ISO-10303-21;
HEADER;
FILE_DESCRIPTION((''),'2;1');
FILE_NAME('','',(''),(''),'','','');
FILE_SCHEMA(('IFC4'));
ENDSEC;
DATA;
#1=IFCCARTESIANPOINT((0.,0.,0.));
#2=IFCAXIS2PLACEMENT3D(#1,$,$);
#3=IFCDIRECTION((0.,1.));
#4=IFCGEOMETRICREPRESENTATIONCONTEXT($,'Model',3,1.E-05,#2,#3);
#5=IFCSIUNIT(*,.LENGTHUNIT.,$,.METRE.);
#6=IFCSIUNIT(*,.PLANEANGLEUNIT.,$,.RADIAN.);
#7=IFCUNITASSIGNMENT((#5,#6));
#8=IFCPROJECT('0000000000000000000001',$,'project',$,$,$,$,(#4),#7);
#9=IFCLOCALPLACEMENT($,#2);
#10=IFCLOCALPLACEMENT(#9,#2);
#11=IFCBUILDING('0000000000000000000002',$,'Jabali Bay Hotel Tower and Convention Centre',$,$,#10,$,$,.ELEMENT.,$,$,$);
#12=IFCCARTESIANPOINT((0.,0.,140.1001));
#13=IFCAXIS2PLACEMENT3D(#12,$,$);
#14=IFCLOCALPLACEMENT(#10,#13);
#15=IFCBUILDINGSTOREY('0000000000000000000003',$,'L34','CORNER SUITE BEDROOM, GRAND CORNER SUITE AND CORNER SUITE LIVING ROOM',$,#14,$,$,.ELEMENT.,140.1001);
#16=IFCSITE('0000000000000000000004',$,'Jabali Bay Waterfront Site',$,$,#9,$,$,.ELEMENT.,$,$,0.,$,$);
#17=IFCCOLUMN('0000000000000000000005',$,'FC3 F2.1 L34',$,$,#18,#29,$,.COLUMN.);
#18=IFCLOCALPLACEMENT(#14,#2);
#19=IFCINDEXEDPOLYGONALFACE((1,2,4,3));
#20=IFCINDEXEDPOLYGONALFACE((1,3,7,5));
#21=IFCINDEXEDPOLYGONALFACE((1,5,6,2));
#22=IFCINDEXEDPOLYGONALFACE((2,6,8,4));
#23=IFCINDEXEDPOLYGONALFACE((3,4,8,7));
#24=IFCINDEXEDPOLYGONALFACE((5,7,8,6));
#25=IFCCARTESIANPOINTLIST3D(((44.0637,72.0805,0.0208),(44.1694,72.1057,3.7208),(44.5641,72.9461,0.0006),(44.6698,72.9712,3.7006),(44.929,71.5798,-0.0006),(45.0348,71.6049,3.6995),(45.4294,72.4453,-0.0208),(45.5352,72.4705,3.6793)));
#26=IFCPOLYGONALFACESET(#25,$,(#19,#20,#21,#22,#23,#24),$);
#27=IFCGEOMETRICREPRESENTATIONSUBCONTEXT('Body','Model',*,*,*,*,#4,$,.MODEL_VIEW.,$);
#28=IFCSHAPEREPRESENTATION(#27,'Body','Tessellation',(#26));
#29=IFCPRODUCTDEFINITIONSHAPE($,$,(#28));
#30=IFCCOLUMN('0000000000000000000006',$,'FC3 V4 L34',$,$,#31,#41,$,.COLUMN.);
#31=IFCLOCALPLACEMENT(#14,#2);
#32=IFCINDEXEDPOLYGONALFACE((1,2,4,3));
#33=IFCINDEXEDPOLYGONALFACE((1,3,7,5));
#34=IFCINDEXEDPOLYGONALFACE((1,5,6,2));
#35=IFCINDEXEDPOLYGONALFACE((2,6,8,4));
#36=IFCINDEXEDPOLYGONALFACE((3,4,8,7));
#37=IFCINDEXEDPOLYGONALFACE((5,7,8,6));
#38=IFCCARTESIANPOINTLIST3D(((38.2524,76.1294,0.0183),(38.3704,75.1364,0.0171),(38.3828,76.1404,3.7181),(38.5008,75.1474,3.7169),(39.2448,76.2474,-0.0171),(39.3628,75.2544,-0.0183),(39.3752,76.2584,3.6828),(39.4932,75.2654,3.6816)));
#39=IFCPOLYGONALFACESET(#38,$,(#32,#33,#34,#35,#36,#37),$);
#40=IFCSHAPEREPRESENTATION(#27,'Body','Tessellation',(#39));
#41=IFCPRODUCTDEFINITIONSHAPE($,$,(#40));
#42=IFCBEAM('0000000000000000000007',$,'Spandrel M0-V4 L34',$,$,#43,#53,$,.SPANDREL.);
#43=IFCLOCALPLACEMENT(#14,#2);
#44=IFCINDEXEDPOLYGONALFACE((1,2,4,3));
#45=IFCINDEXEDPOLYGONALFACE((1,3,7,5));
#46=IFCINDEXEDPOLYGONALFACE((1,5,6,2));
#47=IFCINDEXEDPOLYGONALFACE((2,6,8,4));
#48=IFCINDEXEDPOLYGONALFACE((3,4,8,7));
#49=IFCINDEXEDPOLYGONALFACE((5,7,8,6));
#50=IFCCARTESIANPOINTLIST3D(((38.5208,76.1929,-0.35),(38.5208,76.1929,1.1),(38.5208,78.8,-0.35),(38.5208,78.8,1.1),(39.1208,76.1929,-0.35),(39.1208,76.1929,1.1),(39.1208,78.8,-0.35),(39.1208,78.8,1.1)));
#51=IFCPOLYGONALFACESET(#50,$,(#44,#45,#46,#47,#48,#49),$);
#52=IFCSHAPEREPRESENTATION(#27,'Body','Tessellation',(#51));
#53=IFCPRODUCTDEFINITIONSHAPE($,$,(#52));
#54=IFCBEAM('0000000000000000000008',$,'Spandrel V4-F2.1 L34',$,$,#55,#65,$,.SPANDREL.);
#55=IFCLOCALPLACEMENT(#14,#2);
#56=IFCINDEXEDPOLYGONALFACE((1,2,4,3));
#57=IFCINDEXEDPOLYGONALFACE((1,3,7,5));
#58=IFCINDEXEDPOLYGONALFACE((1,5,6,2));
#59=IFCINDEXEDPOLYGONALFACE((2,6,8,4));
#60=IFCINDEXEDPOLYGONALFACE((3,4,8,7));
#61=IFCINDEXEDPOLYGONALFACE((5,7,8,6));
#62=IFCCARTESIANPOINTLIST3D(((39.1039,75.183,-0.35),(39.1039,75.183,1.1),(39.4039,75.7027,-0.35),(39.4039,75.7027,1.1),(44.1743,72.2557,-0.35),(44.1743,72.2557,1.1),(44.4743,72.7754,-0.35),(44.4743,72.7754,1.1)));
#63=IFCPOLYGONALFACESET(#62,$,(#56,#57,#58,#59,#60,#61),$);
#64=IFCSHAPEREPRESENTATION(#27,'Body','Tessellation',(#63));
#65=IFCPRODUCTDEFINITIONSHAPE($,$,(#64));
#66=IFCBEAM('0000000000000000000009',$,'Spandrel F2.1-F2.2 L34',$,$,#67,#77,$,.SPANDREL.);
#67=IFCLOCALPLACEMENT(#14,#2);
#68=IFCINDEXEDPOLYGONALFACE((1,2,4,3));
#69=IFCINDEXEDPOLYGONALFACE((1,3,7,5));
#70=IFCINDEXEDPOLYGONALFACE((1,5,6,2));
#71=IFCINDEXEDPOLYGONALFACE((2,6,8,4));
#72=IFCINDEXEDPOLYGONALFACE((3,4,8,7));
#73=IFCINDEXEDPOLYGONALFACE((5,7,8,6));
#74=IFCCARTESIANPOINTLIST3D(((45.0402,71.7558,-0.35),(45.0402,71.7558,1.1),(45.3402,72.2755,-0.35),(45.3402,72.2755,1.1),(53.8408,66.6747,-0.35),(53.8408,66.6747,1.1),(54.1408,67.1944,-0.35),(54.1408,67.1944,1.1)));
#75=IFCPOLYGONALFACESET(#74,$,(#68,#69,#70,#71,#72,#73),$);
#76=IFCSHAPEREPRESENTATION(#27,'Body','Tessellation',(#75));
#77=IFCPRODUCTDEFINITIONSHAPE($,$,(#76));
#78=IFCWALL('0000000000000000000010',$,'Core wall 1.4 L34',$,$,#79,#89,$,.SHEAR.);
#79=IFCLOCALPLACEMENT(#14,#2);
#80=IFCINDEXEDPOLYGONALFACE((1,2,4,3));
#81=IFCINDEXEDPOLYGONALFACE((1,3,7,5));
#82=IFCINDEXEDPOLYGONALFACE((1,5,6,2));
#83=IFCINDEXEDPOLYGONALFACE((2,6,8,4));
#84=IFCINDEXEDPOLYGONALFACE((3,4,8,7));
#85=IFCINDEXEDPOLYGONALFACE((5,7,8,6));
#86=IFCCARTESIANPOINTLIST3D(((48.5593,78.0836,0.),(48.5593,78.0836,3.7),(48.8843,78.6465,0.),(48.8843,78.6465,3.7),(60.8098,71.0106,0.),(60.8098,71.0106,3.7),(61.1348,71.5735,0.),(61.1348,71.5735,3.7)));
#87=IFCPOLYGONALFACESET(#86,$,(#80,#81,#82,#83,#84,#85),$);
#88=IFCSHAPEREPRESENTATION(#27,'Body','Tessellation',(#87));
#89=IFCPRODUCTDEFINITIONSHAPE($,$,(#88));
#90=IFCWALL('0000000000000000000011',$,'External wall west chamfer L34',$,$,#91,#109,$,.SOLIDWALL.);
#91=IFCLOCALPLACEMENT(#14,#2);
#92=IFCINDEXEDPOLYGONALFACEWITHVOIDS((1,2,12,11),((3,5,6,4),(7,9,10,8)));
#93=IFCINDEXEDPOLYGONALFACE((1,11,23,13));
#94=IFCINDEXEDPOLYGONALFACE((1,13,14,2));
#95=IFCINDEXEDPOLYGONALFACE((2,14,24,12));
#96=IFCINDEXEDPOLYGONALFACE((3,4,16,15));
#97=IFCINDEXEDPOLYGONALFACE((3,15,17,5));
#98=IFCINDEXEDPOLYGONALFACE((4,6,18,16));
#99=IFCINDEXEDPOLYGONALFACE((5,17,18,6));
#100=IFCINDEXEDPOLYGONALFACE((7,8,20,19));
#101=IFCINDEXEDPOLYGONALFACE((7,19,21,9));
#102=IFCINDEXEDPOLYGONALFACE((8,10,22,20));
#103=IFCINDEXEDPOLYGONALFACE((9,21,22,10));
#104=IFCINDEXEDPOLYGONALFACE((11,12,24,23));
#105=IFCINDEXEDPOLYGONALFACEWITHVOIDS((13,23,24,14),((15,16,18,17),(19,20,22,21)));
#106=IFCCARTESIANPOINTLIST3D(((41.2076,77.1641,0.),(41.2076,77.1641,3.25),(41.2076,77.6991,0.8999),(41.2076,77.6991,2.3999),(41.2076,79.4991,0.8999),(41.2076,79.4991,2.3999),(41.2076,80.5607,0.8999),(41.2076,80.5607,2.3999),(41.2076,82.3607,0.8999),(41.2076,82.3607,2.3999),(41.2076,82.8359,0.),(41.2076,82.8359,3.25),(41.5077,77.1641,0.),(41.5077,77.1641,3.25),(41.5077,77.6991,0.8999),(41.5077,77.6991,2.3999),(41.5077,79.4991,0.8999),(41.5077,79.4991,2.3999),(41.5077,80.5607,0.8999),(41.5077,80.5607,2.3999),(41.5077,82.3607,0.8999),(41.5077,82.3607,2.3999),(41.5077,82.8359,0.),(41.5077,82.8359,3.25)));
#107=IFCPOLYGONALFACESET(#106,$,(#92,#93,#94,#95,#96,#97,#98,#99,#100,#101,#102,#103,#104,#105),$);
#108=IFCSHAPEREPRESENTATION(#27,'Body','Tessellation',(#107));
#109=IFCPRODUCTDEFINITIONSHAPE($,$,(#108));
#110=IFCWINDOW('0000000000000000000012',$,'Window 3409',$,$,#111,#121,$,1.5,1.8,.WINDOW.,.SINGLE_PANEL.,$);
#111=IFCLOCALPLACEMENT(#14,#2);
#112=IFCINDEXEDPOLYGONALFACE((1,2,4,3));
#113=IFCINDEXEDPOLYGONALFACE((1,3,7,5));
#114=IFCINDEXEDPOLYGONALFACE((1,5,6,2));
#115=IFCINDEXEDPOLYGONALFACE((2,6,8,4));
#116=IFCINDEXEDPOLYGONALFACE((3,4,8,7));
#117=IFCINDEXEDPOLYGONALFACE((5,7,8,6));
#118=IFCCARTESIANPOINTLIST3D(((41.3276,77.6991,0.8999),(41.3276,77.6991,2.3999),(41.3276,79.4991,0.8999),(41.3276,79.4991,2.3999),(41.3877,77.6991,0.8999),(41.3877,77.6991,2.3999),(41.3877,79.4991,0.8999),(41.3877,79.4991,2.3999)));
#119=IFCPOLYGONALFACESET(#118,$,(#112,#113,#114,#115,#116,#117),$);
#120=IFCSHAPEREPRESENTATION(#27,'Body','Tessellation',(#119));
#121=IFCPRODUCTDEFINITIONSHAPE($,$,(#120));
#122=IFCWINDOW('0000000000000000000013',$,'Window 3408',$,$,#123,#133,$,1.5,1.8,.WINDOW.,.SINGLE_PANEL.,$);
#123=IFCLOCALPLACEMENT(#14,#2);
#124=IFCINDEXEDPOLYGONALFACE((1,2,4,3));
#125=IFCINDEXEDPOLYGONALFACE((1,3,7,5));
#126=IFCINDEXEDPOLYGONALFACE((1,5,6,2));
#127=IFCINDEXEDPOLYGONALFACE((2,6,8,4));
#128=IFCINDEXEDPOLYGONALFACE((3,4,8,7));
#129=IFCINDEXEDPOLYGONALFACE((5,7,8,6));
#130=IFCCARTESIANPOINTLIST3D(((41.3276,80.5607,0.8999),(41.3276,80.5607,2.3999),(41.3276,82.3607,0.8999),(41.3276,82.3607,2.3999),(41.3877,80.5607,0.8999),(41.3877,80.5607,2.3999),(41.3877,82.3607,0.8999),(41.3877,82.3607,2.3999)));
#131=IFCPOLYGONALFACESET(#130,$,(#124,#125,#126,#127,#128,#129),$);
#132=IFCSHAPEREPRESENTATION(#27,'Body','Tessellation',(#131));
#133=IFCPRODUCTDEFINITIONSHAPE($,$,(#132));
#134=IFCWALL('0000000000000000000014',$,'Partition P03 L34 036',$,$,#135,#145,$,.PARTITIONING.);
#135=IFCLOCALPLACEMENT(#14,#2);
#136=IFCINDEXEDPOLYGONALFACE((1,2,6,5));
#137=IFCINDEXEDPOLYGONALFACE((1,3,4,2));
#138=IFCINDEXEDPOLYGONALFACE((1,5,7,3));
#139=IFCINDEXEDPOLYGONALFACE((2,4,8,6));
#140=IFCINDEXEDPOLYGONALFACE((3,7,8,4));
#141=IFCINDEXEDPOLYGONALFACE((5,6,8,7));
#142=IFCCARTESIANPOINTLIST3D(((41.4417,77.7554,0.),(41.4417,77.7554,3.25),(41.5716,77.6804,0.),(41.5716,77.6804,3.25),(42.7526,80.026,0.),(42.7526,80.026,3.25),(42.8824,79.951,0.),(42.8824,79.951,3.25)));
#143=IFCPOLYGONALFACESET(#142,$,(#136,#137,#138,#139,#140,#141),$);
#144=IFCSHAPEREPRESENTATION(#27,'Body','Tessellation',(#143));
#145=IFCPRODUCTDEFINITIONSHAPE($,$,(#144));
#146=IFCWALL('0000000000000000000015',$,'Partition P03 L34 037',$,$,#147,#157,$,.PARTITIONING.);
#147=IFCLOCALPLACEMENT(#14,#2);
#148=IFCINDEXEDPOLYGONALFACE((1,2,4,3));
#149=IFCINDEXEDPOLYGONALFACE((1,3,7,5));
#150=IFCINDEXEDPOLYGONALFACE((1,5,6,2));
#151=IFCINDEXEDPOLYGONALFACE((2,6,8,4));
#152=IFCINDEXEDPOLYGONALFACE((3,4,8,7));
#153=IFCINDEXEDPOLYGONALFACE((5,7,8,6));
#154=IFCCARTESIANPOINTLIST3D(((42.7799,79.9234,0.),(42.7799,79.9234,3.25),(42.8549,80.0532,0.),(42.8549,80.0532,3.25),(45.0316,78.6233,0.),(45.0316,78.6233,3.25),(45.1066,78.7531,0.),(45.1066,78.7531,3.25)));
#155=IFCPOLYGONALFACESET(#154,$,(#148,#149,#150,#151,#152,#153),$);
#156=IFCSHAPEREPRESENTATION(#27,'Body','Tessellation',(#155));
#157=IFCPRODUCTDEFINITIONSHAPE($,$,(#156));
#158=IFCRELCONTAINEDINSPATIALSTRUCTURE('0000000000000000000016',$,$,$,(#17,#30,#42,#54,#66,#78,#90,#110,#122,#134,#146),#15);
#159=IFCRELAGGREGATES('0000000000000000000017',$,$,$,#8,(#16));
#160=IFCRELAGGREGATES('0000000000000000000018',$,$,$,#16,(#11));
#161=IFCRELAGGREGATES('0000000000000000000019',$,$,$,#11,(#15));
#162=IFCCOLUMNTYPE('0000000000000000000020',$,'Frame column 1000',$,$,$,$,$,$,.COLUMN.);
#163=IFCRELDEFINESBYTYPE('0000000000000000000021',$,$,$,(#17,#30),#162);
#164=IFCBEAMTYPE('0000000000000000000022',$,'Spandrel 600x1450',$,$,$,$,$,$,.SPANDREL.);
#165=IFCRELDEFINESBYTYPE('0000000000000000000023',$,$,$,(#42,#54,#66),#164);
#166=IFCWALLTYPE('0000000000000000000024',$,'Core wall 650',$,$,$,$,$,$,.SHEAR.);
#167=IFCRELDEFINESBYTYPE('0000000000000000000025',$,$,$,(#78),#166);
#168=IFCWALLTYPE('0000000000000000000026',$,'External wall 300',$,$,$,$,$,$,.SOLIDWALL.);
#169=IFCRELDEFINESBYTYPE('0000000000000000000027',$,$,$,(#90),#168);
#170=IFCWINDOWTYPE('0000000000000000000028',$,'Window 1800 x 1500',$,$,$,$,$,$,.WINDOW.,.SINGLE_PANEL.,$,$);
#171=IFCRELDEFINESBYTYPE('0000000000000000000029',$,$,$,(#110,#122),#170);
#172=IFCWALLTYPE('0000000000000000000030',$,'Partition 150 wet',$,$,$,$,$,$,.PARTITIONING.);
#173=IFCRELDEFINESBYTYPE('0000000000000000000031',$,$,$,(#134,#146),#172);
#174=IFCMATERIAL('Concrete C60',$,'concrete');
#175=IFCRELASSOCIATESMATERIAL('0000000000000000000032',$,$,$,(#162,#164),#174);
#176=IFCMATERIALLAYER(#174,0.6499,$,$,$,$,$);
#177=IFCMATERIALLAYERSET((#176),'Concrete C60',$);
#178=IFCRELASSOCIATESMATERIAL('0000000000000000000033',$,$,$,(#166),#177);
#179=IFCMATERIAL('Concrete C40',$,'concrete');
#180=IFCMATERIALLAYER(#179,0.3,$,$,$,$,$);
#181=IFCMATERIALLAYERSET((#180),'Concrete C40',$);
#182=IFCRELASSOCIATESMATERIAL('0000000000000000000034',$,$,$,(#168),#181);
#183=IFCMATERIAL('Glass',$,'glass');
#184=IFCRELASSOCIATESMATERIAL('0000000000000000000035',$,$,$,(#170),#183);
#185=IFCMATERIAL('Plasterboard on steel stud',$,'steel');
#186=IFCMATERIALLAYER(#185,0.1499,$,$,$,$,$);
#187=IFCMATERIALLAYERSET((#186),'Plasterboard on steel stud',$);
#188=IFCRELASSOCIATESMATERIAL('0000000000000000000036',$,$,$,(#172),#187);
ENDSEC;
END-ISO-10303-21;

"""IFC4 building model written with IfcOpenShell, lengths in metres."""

from ifc_helpers import new_model, si_unit, direction, frame, frame_2d, origin, origin_2d, place, context, subcontext, project, spatial, rectangle, extrude, material, layer, layer_set, material_profile, profile_set, type_object, element, fill, save


model = new_model("IFC4")

# Units and contexts
model_context = context("Model", 3, precision=1e-05, world=origin(), true_north=direction((0.0, 1.0)))
body_context = subcontext(model_context, "Body", "Model", "MODEL_VIEW")
ifc_project = project(units=[si_unit("LENGTHUNIT", "METRE"), si_unit("PLANEANGLEUNIT", "RADIAN")], contexts=[model_context])

# Site, building, storey
site_placement = place(None, origin())
site = spatial("IfcSite", under=ifc_project, at=site_placement, Name="Jabali Bay Waterfront Site", CompositionType="ELEMENT", RefElevation=0.0)
building_placement = place(site_placement, origin())
building = spatial("IfcBuilding", under=site, at=building_placement, Name="Jabali Bay Hotel Tower and Convention Centre", CompositionType="ELEMENT")
storey_placement = place(building_placement, frame((0.0, 0.0, 140.1001)))
storey = spatial("IfcBuildingStorey", under=building, at=storey_placement, Name="L34", Description="CORNER SUITE BEDROOM, GRAND CORNER SUITE AND CORNER SUITE LIVING ROOM", CompositionType="ELEMENT", Elevation=140.1001)

# Columns
ifc_material_1 = material(Name="Concrete C60", Category="concrete")
ifc_material_profile_1 = material_profile(ifc_material_1, rectangle(XDim=1.0, YDim=1.0, at=origin_2d()), Name="Frame column 1000")
ifc_profile_set_1 = profile_set([ifc_material_profile_1], Name="Concrete C60")
column_type = type_object("IfcColumnType", Name="Frame column 1000", PredefinedType="COLUMN", material=ifc_profile_set_1)
column_1_placement = place(storey_placement, frame((44.7466, 72.2629, 0.0), z_axis=(0.028559, 0.006794, 0.999569), x_axis=(-0.865319, 0.500768, 0.02132)))
element("IfcColumn", 1, at=column_1_placement, inside=storey, type_object=column_type, Name="FC3 F2.1 L34", PredefinedType="COLUMN", context=body_context, shape_type="SweptSolid", body=[
    extrude(rectangle(XDim=1.0, YDim=1.0, at=origin_2d()), origin(), (0.0, 0.0, 1.0), 3.7017),
])
column_2_placement = place(storey_placement, frame((38.8076, 75.6919, 0.0), z_axis=(0.035214, 0.002967, 0.999375), x_axis=(-0.118025, 0.99301, 0.00121)))
element("IfcColumn", 2, at=column_2_placement, inside=storey, type_object=column_type, Name="FC3 V4 L34", PredefinedType="COLUMN", context=body_context, shape_type="SweptSolid", body=[
    extrude(rectangle(XDim=1.0, YDim=1.0, at=origin_2d()), origin(), (0.0, 0.0, 1.0), 3.7021),
])

# Beams
ifc_material_profile_2 = material_profile(ifc_material_1, rectangle(XDim=0.6001, YDim=1.45, at=origin_2d()), Name="Spandrel 600x1450")
ifc_profile_set_2 = profile_set([ifc_material_profile_2], Name="Concrete C60")
beam_type = type_object("IfcBeamType", Name="Spandrel 600x1450", PredefinedType="SPANDREL", material=ifc_profile_set_2)
beam_1_placement = place(storey_placement, frame((38.8208, 78.8, 0.375), z_axis=(0.0, -1.0, 0.0), x_axis=(1.0, 0.0, 0.0)))
element("IfcBeam", 3, at=beam_1_placement, inside=storey, type_object=beam_type, Name="Spandrel M0-V4 L34", PredefinedType="SPANDREL", context=body_context, shape_type="SweptSolid", body=[
    extrude(rectangle(XDim=0.6001, YDim=1.45, at=origin_2d()), origin(), (0.0, 0.0, 1.0), 2.6072),
])
beam_2_placement = place(storey_placement, frame((39.2539, 75.4429, 0.375), z_axis=(0.866033, -0.499987, 0.0), x_axis=(0.499987, 0.866033, 0.0)))
element("IfcBeam", 4, at=beam_2_placement, inside=storey, type_object=beam_type, Name="Spandrel V4-F2.1 L34", PredefinedType="SPANDREL", context=body_context, shape_type="SweptSolid", body=[
    extrude(rectangle(XDim=0.6001, YDim=1.45, at=origin_2d()), origin(), (0.0, 0.0, 1.0), 5.8547),
])
beam_3_placement = place(storey_placement, frame((45.1902, 72.0156, 0.375), z_axis=(0.866023, -0.500005, 0.0), x_axis=(0.500005, 0.866023, 0.0)))
element("IfcBeam", 5, at=beam_3_placement, inside=storey, type_object=beam_type, Name="Spandrel F2.1-F2.2 L34", PredefinedType="SPANDREL", context=body_context, shape_type="SweptSolid", body=[
    extrude(rectangle(XDim=0.6001, YDim=1.45, at=origin_2d()), origin(), (0.0, 0.0, 1.0), 10.1621),
])

# Wall
ifc_layer_1 = layer(ifc_material_1, 0.6499)
ifc_layer_set_1 = layer_set([ifc_layer_1], Name="Concrete C60")
wall_type_1 = type_object("IfcWallType", Name="Core wall 650", PredefinedType="SHEAR", material=ifc_layer_set_1)
wall_1_placement = place(storey_placement, frame((48.7219, 78.365, 0.0), z_axis=(0.0, 0.0, 1.0), x_axis=(0.86602, -0.500009, 0.0)))
element("IfcWall", 6, at=wall_1_placement, inside=storey, type_object=wall_type_1, Name="Core wall 1.4 L34", PredefinedType="SHEAR", context=body_context, shape_type="SweptSolid", body=[
    extrude(rectangle(XDim=14.1458, YDim=0.6499, at=frame_2d((7.0728, 0.0))), origin(), (0.0, 0.0, 1.0), 3.7),
])

# Wall, openings, windows
ifc_material_2 = material(Name="Concrete C40", Category="concrete")
ifc_layer_2 = layer(ifc_material_2, 0.3)
ifc_layer_set_2 = layer_set([ifc_layer_2], Name="Concrete C40")
wall_type_2 = type_object("IfcWallType", Name="External wall 300", PredefinedType="SOLIDWALL", material=ifc_layer_set_2)
wall_2_placement = place(storey_placement, frame((41.3577, 77.1641, 0.0), z_axis=(0.0, 0.0, 1.0), x_axis=(0.0, 1.0, 0.0)))
wall_2 = element("IfcWall", 7, at=wall_2_placement, inside=storey, type_object=wall_type_2, Name="External wall west chamfer L34", PredefinedType="SOLIDWALL", context=body_context, shape_type="SweptSolid", body=[
    extrude(rectangle(XDim=5.6719, YDim=0.3, at=frame_2d((2.8359, 0.0))), origin(), (0.0, 0.0, 1.0), 3.25),
])
opening_1_placement = place(wall_2_placement, frame((0.5352, 0.0, 0.8999)))
opening_1 = element("IfcOpeningElement", 8, at=opening_1_placement, cuts=wall_2, PredefinedType="OPENING", context=body_context, shape_type="SweptSolid", body=[
    extrude(rectangle(XDim=1.8, YDim=1.5, at=frame_2d((0.8999, 0.75))), frame((0.0, 0.1606, 0.0), z_axis=(0.0, -1.0, 0.0), x_axis=(1.0, 0.0, 0.0)), (0.0, 0.0, 1.0), 0.321),
])
opening_2_placement = place(wall_2_placement, frame((3.3967, 0.0, 0.8999)))
opening_2 = element("IfcOpeningElement", 9, at=opening_2_placement, cuts=wall_2, PredefinedType="OPENING", context=body_context, shape_type="SweptSolid", body=[
    extrude(rectangle(XDim=1.8, YDim=1.5, at=frame_2d((0.8999, 0.75))), frame((0.0, 0.1606, 0.0), z_axis=(0.0, -1.0, 0.0), x_axis=(1.0, 0.0, 0.0)), (0.0, 0.0, 1.0), 0.321),
])
ifc_material_3 = material(Name="Glass", Category="glass")
window_type = type_object("IfcWindowType", Name="Window 1800 x 1500", PartitioningType="SINGLE_PANEL", PredefinedType="WINDOW", material=ifc_material_3)
window_1_placement = place(opening_1_placement, origin())
window_1 = element("IfcWindow", 10, at=window_1_placement, inside=storey, type_object=window_type, Name="Window 3409", OverallHeight=1.5, OverallWidth=1.8, PartitioningType="SINGLE_PANEL", PredefinedType="WINDOW", context=body_context, shape_type="SweptSolid", body=[
    extrude(rectangle(XDim=1.8, YDim=1.5, at=frame_2d((0.8999, 0.75))), frame((0.0, 0.03, 0.0), z_axis=(0.0, -1.0, 0.0), x_axis=(1.0, 0.0, 0.0)), (0.0, 0.0, 1.0), 0.0601),
])
fill(opening_1, window_1)
window_2_placement = place(opening_2_placement, origin())
window_2 = element("IfcWindow", 11, at=window_2_placement, inside=storey, type_object=window_type, Name="Window 3408", OverallHeight=1.5, OverallWidth=1.8, PartitioningType="SINGLE_PANEL", PredefinedType="WINDOW", context=body_context, shape_type="SweptSolid", body=[
    extrude(rectangle(XDim=1.8, YDim=1.5, at=frame_2d((0.8999, 0.75))), frame((0.0, 0.03, 0.0), z_axis=(0.0, -1.0, 0.0), x_axis=(1.0, 0.0, 0.0)), (0.0, 0.0, 1.0), 0.0601),
])
fill(opening_2, window_2)

# Walls
ifc_material_4 = material(Name="Plasterboard on steel stud", Category="steel")
ifc_layer_3 = layer(ifc_material_4, 0.1499)
ifc_layer_set_3 = layer_set([ifc_layer_3], Name="Plasterboard on steel stud")
wall_type_3 = type_object("IfcWallType", Name="Partition 150 wet", PredefinedType="PARTITIONING", material=ifc_layer_set_3)
wall_3_placement = place(storey_placement, frame((41.5066, 77.7178, 0.0), z_axis=(0.0, 0.0, 1.0), x_axis=(0.499975, 0.86604, 0.0)))
element("IfcWall", 12, at=wall_3_placement, inside=storey, type_object=wall_type_3, Name="Partition P03 L34 036", PredefinedType="PARTITIONING", context=body_context, shape_type="SweptSolid", body=[
    extrude(rectangle(XDim=2.6218, YDim=0.1499, at=frame_2d((1.311, 0.0))), origin(), (0.0, 0.0, 1.0), 3.25),
])
wall_4_placement = place(storey_placement, frame((42.8174, 79.9883, 0.0), z_axis=(0.0, 0.0, 1.0), x_axis=(0.866021, -0.500007, 0.0)))
element("IfcWall", 13, at=wall_4_placement, inside=storey, type_object=wall_type_3, Name="Partition P03 L34 037", PredefinedType="PARTITIONING", context=body_context, shape_type="SweptSolid", body=[
    extrude(rectangle(XDim=2.6001, YDim=0.1499, at=frame_2d((1.3, 0.0))), origin(), (0.0, 0.0, 1.0), 3.25),
])

save(model, "model.ifc")
